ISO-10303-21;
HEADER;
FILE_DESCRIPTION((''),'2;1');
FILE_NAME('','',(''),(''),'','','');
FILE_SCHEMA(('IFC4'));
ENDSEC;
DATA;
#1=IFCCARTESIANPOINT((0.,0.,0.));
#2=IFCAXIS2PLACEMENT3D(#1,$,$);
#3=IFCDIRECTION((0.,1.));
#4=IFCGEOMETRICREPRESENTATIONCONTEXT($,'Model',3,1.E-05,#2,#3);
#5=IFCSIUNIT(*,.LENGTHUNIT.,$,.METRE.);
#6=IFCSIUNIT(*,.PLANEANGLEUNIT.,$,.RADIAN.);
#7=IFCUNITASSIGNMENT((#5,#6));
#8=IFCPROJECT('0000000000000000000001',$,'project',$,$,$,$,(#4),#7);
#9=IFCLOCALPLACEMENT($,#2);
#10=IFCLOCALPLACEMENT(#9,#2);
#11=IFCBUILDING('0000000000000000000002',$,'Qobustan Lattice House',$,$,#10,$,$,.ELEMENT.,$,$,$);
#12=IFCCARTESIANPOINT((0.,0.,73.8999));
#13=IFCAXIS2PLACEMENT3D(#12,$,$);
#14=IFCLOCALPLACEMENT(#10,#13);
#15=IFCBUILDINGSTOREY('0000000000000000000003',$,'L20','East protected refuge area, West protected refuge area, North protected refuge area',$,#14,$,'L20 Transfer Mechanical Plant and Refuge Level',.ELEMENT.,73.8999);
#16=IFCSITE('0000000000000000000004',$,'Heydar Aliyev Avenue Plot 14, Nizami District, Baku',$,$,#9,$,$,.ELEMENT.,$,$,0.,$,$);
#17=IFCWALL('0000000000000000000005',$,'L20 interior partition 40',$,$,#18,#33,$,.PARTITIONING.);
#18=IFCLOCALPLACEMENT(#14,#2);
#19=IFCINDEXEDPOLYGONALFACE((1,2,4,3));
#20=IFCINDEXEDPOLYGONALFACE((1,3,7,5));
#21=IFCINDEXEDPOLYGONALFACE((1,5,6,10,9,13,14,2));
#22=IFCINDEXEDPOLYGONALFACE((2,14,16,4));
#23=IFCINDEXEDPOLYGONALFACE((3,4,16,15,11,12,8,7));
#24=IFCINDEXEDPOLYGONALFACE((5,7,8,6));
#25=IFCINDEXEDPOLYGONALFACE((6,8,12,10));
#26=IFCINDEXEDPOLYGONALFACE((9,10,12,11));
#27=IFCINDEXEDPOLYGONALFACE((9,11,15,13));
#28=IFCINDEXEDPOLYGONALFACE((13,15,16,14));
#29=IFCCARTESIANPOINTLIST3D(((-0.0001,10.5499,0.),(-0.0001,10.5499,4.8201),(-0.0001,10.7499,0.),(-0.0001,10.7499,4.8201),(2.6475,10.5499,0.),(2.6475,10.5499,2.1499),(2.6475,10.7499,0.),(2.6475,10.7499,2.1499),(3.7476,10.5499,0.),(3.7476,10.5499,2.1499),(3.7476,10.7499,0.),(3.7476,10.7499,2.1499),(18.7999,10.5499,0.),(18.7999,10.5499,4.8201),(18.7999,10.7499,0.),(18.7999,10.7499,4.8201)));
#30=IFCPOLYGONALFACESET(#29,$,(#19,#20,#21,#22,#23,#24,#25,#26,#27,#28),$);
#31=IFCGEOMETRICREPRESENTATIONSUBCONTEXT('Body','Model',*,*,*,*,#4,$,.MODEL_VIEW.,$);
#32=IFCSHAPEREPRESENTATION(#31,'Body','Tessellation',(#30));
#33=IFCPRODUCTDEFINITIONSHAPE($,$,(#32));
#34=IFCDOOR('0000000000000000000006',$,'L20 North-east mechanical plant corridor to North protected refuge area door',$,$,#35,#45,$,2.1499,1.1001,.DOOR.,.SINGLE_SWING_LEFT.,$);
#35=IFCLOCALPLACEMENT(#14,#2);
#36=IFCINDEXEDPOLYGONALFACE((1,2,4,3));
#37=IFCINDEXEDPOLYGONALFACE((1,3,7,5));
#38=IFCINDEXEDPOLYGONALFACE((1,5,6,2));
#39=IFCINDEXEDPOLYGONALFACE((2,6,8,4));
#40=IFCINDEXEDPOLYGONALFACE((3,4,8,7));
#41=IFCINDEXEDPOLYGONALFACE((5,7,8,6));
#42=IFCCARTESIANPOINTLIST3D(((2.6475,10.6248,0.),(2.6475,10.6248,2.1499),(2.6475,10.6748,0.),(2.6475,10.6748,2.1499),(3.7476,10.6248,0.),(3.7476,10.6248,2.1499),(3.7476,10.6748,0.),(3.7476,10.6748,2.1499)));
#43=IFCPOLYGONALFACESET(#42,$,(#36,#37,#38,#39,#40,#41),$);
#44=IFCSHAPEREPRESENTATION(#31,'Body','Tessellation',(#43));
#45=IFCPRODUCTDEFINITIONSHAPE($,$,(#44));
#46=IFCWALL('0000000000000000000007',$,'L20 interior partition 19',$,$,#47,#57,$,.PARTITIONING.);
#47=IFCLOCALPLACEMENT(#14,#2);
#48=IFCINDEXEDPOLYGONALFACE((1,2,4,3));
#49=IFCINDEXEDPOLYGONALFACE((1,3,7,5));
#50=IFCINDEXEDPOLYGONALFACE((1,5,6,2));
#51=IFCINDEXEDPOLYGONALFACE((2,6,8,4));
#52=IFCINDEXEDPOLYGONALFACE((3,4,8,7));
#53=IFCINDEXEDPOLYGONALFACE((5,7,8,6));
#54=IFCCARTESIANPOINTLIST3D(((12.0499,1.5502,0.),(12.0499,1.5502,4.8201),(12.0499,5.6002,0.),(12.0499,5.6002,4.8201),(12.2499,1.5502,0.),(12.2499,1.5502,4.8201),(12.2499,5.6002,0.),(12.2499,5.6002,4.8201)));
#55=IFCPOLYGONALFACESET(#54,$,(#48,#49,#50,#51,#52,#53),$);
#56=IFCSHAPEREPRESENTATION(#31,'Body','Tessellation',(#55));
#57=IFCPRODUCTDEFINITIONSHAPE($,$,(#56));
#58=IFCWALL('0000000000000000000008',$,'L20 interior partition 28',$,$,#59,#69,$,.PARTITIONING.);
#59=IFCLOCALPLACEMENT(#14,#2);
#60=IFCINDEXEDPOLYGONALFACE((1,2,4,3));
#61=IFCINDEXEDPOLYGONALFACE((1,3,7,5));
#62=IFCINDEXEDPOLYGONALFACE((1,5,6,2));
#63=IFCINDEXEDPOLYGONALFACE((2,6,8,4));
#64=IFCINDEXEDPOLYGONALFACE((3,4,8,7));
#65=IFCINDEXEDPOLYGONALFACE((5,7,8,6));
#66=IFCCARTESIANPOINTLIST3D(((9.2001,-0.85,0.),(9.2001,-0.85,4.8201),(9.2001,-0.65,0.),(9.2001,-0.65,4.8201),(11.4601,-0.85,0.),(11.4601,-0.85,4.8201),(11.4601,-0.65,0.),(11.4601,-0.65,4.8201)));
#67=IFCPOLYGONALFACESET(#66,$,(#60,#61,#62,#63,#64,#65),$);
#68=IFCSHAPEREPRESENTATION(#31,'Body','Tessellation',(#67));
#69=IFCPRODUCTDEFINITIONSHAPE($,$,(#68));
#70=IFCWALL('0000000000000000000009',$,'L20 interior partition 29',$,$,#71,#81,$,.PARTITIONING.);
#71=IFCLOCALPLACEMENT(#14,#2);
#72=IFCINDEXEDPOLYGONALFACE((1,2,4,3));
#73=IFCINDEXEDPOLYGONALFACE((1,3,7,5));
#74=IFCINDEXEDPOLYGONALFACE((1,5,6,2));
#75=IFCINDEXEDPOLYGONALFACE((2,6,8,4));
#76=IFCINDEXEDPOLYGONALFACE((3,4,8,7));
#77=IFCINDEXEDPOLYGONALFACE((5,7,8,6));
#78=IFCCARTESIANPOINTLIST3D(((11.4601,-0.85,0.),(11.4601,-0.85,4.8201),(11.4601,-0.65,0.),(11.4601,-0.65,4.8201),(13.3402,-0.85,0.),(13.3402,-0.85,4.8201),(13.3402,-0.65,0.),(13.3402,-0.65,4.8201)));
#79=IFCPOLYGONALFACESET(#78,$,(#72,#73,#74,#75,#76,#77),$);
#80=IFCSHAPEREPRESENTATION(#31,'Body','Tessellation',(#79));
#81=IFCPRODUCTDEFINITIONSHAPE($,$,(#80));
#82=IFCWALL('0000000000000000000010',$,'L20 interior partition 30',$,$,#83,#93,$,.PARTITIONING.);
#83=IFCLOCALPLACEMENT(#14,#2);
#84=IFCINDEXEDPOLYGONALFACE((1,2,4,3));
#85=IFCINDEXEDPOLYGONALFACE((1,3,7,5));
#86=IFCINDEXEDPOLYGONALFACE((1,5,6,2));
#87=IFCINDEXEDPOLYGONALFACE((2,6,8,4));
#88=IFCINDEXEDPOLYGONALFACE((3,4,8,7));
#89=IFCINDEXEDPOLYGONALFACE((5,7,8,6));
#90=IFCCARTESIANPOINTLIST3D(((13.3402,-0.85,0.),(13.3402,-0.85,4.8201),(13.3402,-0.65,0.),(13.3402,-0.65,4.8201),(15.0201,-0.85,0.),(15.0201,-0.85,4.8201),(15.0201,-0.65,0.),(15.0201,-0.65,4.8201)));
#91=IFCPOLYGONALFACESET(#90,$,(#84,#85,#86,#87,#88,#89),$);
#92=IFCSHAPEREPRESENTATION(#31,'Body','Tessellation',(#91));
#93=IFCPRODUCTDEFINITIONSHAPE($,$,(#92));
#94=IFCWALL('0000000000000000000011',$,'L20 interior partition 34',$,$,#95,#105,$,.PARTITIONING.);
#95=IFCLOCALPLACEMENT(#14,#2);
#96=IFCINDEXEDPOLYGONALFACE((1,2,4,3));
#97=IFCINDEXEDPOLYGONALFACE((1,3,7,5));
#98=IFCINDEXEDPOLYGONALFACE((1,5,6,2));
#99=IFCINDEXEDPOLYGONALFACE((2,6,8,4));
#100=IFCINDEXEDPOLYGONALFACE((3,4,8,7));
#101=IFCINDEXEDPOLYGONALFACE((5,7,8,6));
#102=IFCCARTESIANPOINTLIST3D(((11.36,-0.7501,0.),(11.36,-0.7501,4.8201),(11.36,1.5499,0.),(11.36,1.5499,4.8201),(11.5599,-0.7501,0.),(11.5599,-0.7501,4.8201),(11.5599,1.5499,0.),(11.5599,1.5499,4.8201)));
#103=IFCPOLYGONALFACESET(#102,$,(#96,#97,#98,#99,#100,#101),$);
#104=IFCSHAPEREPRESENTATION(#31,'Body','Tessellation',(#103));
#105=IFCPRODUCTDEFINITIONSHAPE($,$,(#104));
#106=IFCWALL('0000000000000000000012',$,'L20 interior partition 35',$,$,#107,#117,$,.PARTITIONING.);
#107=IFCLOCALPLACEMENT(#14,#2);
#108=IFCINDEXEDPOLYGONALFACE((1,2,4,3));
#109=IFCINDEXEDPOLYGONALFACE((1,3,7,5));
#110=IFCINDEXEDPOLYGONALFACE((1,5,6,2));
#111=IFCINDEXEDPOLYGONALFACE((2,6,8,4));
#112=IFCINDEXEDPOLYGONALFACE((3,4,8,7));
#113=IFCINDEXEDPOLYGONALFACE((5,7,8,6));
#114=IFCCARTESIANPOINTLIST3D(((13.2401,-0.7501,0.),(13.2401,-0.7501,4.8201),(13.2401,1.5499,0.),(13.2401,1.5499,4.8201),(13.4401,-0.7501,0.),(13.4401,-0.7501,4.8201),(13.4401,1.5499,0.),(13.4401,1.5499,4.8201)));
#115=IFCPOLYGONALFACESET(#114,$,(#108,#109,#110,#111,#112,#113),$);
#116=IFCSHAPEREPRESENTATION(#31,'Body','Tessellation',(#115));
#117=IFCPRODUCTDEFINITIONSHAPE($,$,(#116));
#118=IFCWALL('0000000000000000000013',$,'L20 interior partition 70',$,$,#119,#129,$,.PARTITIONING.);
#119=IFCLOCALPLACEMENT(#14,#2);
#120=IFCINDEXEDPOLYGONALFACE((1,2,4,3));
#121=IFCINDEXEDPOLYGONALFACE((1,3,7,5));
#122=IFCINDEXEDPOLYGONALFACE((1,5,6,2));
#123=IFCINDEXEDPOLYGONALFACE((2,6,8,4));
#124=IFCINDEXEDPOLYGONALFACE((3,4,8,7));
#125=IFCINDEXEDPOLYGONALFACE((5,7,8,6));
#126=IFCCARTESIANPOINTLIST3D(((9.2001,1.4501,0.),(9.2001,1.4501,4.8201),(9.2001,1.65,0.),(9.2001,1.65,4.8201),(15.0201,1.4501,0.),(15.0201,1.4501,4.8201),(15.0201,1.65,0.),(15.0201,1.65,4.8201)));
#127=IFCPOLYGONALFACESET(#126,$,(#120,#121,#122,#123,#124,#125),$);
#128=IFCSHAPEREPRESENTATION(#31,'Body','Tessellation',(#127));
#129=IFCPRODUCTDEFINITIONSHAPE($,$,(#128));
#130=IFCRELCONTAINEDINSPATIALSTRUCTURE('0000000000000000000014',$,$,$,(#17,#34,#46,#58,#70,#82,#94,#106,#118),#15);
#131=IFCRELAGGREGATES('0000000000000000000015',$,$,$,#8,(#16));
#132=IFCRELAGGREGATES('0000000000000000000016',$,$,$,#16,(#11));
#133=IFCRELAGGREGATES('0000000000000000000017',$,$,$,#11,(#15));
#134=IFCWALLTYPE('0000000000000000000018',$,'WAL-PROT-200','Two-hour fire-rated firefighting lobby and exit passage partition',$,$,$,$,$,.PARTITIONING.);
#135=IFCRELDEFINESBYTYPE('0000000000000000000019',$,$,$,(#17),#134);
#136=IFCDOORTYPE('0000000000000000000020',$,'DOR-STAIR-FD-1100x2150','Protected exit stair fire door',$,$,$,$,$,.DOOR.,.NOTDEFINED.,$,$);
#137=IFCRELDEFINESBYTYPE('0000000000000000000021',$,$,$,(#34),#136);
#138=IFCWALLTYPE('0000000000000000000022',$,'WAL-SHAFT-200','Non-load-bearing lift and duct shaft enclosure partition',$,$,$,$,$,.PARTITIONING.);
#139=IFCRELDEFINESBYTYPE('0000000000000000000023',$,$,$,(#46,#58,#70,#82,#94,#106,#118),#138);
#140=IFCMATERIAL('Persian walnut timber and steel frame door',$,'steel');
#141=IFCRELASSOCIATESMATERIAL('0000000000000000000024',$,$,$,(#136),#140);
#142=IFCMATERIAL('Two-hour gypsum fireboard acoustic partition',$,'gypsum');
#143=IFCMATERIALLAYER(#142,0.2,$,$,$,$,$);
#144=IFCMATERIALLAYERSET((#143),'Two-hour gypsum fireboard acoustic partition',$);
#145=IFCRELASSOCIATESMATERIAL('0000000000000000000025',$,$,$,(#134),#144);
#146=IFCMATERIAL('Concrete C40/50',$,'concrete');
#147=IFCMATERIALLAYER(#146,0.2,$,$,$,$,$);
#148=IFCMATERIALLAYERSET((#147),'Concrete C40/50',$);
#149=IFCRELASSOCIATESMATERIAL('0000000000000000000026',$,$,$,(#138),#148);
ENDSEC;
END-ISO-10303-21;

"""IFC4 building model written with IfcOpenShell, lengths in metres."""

from ifc_helpers import new_model, si_unit, direction, frame, frame_2d, origin, place, context, subcontext, project, spatial, rectangle, extrude, material, layer, layer_set, type_object, element, fill, save


model = new_model("IFC4")

# Units and contexts
model_context = context("Model", 3, precision=1e-05, world=origin(), true_north=direction((0.0, 1.0)))
body_context = subcontext(model_context, "Body", "Model", "MODEL_VIEW")
ifc_project = project(units=[si_unit("LENGTHUNIT", "METRE"), si_unit("PLANEANGLEUNIT", "RADIAN")], contexts=[model_context])

# Site, building, storey
site_placement = place(None, origin())
site = spatial("IfcSite", under=ifc_project, at=site_placement, Name="Heydar Aliyev Avenue Plot 14, Nizami District, Baku", CompositionType="ELEMENT", RefElevation=0.0)
building_placement = place(site_placement, origin())
building = spatial("IfcBuilding", under=site, at=building_placement, Name="Qobustan Lattice House", CompositionType="ELEMENT")
storey_placement = place(building_placement, frame((0.0, 0.0, 73.8999)))
storey = spatial("IfcBuildingStorey", under=building, at=storey_placement, Name="L20", Description="East protected refuge area, West protected refuge area, North protected refuge area", LongName="L20 Transfer Mechanical Plant and Refuge Level", CompositionType="ELEMENT", Elevation=73.8999)

# Shared definitions
ifc_material_1 = material(Name="Persian walnut timber and steel frame door", Category="steel")
door_type_1 = type_object("IfcDoorType", Name="DOR-STAIR-FD-1100x2150", Description="Protected exit stair fire door", OperationType="NOTDEFINED", PredefinedType="DOOR", material=ifc_material_1)

# Shared definitions
ifc_material_2 = material(Name="Two-hour gypsum fireboard acoustic partition", Category="gypsum")
ifc_layer_1 = layer(ifc_material_2, 0.2)
ifc_layer_set_1 = layer_set([ifc_layer_1], Name="Two-hour gypsum fireboard acoustic partition")
wall_type_1 = type_object("IfcWallType", Name="WAL-PROT-200", Description="Two-hour fire-rated firefighting lobby and exit passage partition", PredefinedType="PARTITIONING", material=ifc_layer_set_1)

# Wall, opening, door
wall_1_placement = place(storey_placement, frame((0.0, 10.6499, 0.0), z_axis=(0.0, 0.0, 1.0), x_axis=(1.0, 0.0, 0.0)))
wall_1 = element("IfcWall", 1, at=wall_1_placement, inside=storey, type_object=wall_type_1, Name="L20 interior partition 40", PredefinedType="PARTITIONING", context=body_context, shape_type="SweptSolid", body=[
    extrude(rectangle(XDim=18.8, YDim=0.2, at=frame_2d((9.3999, 0.0))), origin(), (0.0, 0.0, 1.0), 4.8201),
])
opening_1_placement = place(wall_1_placement, frame((2.6475, 0.0, 0.0)))
opening_1 = element("IfcOpeningElement", 2, at=opening_1_placement, cuts=wall_1, PredefinedType="OPENING", context=body_context, shape_type="SweptSolid", body=[
    extrude(rectangle(XDim=1.1001, YDim=2.1499, at=frame_2d((0.55, 1.075))), frame((0.0, 0.1099, 0.0), z_axis=(0.0, -1.0, 0.0), x_axis=(1.0, 0.0, 0.0)), (0.0, 0.0, 1.0), 0.22),
])
door_1_placement = place(opening_1_placement, origin())
door_1 = element("IfcDoor", 3, at=door_1_placement, inside=storey, type_object=door_type_1, Name="L20 North-east mechanical plant corridor to North protected refuge area door", OperationType="SINGLE_SWING_LEFT", OverallHeight=2.1499, OverallWidth=1.1001, PredefinedType="DOOR", context=body_context, shape_type="SweptSolid", body=[
    extrude(rectangle(XDim=1.1001, YDim=2.1499, at=frame_2d((0.55, 1.075))), frame((0.0, 0.0249, 0.0), z_axis=(0.0, -1.0, 0.0), x_axis=(1.0, 0.0, 0.0)), (0.0, 0.0, 1.0), 0.05),
])
fill(opening_1, door_1)

# Walls
ifc_material_3 = material(Name="Concrete C40/50", Category="concrete")
ifc_layer_2 = layer(ifc_material_3, 0.2)
ifc_layer_set_2 = layer_set([ifc_layer_2], Name="Concrete C40/50")
wall_type_2 = type_object("IfcWallType", Name="WAL-SHAFT-200", Description="Non-load-bearing lift and duct shaft enclosure partition", PredefinedType="PARTITIONING", material=ifc_layer_set_2)
wall_2_placement = place(storey_placement, frame((12.1499, 5.6001, 0.0), z_axis=(0.0, 0.0, 1.0), x_axis=(0.0, -1.0, 0.0)))
element("IfcWall", 4, at=wall_2_placement, inside=storey, type_object=wall_type_2, Name="L20 interior partition 19", PredefinedType="PARTITIONING", context=body_context, shape_type="SweptSolid", body=[
    extrude(rectangle(XDim=4.05, YDim=0.2, at=frame_2d((2.0249, 0.0))), origin(), (0.0, 0.0, 1.0), 4.8201),
])
wall_3_placement = place(storey_placement, frame((11.46, -0.75, 0.0), z_axis=(0.0, 0.0, 1.0), x_axis=(-1.0, 0.0, 0.0)))
element("IfcWall", 5, at=wall_3_placement, inside=storey, type_object=wall_type_2, Name="L20 interior partition 28", PredefinedType="PARTITIONING", context=body_context, shape_type="SweptSolid", body=[
    extrude(rectangle(XDim=2.26, YDim=0.2, at=frame_2d((1.1299, 0.0))), origin(), (0.0, 0.0, 1.0), 4.8201),
])
wall_4_placement = place(storey_placement, frame((13.3401, -0.75, 0.0), z_axis=(0.0, 0.0, 1.0), x_axis=(-1.0, 0.0, 0.0)))
element("IfcWall", 6, at=wall_4_placement, inside=storey, type_object=wall_type_2, Name="L20 interior partition 29", PredefinedType="PARTITIONING", context=body_context, shape_type="SweptSolid", body=[
    extrude(rectangle(XDim=1.8801, YDim=0.2, at=frame_2d((0.9399, 0.0))), origin(), (0.0, 0.0, 1.0), 4.8201),
])
wall_5_placement = place(storey_placement, frame((15.02, -0.75, 0.0), z_axis=(0.0, 0.0, 1.0), x_axis=(-1.0, 0.0, 0.0)))
element("IfcWall", 7, at=wall_5_placement, inside=storey, type_object=wall_type_2, Name="L20 interior partition 30", PredefinedType="PARTITIONING", context=body_context, shape_type="SweptSolid", body=[
    extrude(rectangle(XDim=1.6799, YDim=0.2, at=frame_2d((0.8398, 0.0))), origin(), (0.0, 0.0, 1.0), 4.8201),
])
for number, where, z_axis, x_axis, name in (
    (8, (11.46, -0.75, 0.0), (0.0, 0.0, 1.0), (0.0, 1.0, 0.0), "L20 interior partition 34"),
    (9, (13.3401, -0.75, 0.0), (0.0, 0.0, 1.0), (0.0, 1.0, 0.0), "L20 interior partition 35"),
):
    element("IfcWall", number, at=place(storey_placement, frame(where, z_axis=z_axis, x_axis=x_axis)), inside=storey, type_object=wall_type_2, Name=name, PredefinedType="PARTITIONING", context=body_context, shape_type="SweptSolid", body=[
        extrude(rectangle(XDim=2.3, YDim=0.2, at=frame_2d((1.1499, 0.0))), origin(), (0.0, 0.0, 1.0), 4.8201),
    ])
wall_6_placement = place(storey_placement, frame((9.2, 1.55, 0.0), z_axis=(0.0, 0.0, 1.0), x_axis=(1.0, 0.0, 0.0)))
element("IfcWall", 10, at=wall_6_placement, inside=storey, type_object=wall_type_2, Name="L20 interior partition 70", PredefinedType="PARTITIONING", context=body_context, shape_type="SweptSolid", body=[
    extrude(rectangle(XDim=5.8201, YDim=0.2, at=frame_2d((2.9102, 0.0))), origin(), (0.0, 0.0, 1.0), 4.8201),
])

save(model, "model.ifc")
